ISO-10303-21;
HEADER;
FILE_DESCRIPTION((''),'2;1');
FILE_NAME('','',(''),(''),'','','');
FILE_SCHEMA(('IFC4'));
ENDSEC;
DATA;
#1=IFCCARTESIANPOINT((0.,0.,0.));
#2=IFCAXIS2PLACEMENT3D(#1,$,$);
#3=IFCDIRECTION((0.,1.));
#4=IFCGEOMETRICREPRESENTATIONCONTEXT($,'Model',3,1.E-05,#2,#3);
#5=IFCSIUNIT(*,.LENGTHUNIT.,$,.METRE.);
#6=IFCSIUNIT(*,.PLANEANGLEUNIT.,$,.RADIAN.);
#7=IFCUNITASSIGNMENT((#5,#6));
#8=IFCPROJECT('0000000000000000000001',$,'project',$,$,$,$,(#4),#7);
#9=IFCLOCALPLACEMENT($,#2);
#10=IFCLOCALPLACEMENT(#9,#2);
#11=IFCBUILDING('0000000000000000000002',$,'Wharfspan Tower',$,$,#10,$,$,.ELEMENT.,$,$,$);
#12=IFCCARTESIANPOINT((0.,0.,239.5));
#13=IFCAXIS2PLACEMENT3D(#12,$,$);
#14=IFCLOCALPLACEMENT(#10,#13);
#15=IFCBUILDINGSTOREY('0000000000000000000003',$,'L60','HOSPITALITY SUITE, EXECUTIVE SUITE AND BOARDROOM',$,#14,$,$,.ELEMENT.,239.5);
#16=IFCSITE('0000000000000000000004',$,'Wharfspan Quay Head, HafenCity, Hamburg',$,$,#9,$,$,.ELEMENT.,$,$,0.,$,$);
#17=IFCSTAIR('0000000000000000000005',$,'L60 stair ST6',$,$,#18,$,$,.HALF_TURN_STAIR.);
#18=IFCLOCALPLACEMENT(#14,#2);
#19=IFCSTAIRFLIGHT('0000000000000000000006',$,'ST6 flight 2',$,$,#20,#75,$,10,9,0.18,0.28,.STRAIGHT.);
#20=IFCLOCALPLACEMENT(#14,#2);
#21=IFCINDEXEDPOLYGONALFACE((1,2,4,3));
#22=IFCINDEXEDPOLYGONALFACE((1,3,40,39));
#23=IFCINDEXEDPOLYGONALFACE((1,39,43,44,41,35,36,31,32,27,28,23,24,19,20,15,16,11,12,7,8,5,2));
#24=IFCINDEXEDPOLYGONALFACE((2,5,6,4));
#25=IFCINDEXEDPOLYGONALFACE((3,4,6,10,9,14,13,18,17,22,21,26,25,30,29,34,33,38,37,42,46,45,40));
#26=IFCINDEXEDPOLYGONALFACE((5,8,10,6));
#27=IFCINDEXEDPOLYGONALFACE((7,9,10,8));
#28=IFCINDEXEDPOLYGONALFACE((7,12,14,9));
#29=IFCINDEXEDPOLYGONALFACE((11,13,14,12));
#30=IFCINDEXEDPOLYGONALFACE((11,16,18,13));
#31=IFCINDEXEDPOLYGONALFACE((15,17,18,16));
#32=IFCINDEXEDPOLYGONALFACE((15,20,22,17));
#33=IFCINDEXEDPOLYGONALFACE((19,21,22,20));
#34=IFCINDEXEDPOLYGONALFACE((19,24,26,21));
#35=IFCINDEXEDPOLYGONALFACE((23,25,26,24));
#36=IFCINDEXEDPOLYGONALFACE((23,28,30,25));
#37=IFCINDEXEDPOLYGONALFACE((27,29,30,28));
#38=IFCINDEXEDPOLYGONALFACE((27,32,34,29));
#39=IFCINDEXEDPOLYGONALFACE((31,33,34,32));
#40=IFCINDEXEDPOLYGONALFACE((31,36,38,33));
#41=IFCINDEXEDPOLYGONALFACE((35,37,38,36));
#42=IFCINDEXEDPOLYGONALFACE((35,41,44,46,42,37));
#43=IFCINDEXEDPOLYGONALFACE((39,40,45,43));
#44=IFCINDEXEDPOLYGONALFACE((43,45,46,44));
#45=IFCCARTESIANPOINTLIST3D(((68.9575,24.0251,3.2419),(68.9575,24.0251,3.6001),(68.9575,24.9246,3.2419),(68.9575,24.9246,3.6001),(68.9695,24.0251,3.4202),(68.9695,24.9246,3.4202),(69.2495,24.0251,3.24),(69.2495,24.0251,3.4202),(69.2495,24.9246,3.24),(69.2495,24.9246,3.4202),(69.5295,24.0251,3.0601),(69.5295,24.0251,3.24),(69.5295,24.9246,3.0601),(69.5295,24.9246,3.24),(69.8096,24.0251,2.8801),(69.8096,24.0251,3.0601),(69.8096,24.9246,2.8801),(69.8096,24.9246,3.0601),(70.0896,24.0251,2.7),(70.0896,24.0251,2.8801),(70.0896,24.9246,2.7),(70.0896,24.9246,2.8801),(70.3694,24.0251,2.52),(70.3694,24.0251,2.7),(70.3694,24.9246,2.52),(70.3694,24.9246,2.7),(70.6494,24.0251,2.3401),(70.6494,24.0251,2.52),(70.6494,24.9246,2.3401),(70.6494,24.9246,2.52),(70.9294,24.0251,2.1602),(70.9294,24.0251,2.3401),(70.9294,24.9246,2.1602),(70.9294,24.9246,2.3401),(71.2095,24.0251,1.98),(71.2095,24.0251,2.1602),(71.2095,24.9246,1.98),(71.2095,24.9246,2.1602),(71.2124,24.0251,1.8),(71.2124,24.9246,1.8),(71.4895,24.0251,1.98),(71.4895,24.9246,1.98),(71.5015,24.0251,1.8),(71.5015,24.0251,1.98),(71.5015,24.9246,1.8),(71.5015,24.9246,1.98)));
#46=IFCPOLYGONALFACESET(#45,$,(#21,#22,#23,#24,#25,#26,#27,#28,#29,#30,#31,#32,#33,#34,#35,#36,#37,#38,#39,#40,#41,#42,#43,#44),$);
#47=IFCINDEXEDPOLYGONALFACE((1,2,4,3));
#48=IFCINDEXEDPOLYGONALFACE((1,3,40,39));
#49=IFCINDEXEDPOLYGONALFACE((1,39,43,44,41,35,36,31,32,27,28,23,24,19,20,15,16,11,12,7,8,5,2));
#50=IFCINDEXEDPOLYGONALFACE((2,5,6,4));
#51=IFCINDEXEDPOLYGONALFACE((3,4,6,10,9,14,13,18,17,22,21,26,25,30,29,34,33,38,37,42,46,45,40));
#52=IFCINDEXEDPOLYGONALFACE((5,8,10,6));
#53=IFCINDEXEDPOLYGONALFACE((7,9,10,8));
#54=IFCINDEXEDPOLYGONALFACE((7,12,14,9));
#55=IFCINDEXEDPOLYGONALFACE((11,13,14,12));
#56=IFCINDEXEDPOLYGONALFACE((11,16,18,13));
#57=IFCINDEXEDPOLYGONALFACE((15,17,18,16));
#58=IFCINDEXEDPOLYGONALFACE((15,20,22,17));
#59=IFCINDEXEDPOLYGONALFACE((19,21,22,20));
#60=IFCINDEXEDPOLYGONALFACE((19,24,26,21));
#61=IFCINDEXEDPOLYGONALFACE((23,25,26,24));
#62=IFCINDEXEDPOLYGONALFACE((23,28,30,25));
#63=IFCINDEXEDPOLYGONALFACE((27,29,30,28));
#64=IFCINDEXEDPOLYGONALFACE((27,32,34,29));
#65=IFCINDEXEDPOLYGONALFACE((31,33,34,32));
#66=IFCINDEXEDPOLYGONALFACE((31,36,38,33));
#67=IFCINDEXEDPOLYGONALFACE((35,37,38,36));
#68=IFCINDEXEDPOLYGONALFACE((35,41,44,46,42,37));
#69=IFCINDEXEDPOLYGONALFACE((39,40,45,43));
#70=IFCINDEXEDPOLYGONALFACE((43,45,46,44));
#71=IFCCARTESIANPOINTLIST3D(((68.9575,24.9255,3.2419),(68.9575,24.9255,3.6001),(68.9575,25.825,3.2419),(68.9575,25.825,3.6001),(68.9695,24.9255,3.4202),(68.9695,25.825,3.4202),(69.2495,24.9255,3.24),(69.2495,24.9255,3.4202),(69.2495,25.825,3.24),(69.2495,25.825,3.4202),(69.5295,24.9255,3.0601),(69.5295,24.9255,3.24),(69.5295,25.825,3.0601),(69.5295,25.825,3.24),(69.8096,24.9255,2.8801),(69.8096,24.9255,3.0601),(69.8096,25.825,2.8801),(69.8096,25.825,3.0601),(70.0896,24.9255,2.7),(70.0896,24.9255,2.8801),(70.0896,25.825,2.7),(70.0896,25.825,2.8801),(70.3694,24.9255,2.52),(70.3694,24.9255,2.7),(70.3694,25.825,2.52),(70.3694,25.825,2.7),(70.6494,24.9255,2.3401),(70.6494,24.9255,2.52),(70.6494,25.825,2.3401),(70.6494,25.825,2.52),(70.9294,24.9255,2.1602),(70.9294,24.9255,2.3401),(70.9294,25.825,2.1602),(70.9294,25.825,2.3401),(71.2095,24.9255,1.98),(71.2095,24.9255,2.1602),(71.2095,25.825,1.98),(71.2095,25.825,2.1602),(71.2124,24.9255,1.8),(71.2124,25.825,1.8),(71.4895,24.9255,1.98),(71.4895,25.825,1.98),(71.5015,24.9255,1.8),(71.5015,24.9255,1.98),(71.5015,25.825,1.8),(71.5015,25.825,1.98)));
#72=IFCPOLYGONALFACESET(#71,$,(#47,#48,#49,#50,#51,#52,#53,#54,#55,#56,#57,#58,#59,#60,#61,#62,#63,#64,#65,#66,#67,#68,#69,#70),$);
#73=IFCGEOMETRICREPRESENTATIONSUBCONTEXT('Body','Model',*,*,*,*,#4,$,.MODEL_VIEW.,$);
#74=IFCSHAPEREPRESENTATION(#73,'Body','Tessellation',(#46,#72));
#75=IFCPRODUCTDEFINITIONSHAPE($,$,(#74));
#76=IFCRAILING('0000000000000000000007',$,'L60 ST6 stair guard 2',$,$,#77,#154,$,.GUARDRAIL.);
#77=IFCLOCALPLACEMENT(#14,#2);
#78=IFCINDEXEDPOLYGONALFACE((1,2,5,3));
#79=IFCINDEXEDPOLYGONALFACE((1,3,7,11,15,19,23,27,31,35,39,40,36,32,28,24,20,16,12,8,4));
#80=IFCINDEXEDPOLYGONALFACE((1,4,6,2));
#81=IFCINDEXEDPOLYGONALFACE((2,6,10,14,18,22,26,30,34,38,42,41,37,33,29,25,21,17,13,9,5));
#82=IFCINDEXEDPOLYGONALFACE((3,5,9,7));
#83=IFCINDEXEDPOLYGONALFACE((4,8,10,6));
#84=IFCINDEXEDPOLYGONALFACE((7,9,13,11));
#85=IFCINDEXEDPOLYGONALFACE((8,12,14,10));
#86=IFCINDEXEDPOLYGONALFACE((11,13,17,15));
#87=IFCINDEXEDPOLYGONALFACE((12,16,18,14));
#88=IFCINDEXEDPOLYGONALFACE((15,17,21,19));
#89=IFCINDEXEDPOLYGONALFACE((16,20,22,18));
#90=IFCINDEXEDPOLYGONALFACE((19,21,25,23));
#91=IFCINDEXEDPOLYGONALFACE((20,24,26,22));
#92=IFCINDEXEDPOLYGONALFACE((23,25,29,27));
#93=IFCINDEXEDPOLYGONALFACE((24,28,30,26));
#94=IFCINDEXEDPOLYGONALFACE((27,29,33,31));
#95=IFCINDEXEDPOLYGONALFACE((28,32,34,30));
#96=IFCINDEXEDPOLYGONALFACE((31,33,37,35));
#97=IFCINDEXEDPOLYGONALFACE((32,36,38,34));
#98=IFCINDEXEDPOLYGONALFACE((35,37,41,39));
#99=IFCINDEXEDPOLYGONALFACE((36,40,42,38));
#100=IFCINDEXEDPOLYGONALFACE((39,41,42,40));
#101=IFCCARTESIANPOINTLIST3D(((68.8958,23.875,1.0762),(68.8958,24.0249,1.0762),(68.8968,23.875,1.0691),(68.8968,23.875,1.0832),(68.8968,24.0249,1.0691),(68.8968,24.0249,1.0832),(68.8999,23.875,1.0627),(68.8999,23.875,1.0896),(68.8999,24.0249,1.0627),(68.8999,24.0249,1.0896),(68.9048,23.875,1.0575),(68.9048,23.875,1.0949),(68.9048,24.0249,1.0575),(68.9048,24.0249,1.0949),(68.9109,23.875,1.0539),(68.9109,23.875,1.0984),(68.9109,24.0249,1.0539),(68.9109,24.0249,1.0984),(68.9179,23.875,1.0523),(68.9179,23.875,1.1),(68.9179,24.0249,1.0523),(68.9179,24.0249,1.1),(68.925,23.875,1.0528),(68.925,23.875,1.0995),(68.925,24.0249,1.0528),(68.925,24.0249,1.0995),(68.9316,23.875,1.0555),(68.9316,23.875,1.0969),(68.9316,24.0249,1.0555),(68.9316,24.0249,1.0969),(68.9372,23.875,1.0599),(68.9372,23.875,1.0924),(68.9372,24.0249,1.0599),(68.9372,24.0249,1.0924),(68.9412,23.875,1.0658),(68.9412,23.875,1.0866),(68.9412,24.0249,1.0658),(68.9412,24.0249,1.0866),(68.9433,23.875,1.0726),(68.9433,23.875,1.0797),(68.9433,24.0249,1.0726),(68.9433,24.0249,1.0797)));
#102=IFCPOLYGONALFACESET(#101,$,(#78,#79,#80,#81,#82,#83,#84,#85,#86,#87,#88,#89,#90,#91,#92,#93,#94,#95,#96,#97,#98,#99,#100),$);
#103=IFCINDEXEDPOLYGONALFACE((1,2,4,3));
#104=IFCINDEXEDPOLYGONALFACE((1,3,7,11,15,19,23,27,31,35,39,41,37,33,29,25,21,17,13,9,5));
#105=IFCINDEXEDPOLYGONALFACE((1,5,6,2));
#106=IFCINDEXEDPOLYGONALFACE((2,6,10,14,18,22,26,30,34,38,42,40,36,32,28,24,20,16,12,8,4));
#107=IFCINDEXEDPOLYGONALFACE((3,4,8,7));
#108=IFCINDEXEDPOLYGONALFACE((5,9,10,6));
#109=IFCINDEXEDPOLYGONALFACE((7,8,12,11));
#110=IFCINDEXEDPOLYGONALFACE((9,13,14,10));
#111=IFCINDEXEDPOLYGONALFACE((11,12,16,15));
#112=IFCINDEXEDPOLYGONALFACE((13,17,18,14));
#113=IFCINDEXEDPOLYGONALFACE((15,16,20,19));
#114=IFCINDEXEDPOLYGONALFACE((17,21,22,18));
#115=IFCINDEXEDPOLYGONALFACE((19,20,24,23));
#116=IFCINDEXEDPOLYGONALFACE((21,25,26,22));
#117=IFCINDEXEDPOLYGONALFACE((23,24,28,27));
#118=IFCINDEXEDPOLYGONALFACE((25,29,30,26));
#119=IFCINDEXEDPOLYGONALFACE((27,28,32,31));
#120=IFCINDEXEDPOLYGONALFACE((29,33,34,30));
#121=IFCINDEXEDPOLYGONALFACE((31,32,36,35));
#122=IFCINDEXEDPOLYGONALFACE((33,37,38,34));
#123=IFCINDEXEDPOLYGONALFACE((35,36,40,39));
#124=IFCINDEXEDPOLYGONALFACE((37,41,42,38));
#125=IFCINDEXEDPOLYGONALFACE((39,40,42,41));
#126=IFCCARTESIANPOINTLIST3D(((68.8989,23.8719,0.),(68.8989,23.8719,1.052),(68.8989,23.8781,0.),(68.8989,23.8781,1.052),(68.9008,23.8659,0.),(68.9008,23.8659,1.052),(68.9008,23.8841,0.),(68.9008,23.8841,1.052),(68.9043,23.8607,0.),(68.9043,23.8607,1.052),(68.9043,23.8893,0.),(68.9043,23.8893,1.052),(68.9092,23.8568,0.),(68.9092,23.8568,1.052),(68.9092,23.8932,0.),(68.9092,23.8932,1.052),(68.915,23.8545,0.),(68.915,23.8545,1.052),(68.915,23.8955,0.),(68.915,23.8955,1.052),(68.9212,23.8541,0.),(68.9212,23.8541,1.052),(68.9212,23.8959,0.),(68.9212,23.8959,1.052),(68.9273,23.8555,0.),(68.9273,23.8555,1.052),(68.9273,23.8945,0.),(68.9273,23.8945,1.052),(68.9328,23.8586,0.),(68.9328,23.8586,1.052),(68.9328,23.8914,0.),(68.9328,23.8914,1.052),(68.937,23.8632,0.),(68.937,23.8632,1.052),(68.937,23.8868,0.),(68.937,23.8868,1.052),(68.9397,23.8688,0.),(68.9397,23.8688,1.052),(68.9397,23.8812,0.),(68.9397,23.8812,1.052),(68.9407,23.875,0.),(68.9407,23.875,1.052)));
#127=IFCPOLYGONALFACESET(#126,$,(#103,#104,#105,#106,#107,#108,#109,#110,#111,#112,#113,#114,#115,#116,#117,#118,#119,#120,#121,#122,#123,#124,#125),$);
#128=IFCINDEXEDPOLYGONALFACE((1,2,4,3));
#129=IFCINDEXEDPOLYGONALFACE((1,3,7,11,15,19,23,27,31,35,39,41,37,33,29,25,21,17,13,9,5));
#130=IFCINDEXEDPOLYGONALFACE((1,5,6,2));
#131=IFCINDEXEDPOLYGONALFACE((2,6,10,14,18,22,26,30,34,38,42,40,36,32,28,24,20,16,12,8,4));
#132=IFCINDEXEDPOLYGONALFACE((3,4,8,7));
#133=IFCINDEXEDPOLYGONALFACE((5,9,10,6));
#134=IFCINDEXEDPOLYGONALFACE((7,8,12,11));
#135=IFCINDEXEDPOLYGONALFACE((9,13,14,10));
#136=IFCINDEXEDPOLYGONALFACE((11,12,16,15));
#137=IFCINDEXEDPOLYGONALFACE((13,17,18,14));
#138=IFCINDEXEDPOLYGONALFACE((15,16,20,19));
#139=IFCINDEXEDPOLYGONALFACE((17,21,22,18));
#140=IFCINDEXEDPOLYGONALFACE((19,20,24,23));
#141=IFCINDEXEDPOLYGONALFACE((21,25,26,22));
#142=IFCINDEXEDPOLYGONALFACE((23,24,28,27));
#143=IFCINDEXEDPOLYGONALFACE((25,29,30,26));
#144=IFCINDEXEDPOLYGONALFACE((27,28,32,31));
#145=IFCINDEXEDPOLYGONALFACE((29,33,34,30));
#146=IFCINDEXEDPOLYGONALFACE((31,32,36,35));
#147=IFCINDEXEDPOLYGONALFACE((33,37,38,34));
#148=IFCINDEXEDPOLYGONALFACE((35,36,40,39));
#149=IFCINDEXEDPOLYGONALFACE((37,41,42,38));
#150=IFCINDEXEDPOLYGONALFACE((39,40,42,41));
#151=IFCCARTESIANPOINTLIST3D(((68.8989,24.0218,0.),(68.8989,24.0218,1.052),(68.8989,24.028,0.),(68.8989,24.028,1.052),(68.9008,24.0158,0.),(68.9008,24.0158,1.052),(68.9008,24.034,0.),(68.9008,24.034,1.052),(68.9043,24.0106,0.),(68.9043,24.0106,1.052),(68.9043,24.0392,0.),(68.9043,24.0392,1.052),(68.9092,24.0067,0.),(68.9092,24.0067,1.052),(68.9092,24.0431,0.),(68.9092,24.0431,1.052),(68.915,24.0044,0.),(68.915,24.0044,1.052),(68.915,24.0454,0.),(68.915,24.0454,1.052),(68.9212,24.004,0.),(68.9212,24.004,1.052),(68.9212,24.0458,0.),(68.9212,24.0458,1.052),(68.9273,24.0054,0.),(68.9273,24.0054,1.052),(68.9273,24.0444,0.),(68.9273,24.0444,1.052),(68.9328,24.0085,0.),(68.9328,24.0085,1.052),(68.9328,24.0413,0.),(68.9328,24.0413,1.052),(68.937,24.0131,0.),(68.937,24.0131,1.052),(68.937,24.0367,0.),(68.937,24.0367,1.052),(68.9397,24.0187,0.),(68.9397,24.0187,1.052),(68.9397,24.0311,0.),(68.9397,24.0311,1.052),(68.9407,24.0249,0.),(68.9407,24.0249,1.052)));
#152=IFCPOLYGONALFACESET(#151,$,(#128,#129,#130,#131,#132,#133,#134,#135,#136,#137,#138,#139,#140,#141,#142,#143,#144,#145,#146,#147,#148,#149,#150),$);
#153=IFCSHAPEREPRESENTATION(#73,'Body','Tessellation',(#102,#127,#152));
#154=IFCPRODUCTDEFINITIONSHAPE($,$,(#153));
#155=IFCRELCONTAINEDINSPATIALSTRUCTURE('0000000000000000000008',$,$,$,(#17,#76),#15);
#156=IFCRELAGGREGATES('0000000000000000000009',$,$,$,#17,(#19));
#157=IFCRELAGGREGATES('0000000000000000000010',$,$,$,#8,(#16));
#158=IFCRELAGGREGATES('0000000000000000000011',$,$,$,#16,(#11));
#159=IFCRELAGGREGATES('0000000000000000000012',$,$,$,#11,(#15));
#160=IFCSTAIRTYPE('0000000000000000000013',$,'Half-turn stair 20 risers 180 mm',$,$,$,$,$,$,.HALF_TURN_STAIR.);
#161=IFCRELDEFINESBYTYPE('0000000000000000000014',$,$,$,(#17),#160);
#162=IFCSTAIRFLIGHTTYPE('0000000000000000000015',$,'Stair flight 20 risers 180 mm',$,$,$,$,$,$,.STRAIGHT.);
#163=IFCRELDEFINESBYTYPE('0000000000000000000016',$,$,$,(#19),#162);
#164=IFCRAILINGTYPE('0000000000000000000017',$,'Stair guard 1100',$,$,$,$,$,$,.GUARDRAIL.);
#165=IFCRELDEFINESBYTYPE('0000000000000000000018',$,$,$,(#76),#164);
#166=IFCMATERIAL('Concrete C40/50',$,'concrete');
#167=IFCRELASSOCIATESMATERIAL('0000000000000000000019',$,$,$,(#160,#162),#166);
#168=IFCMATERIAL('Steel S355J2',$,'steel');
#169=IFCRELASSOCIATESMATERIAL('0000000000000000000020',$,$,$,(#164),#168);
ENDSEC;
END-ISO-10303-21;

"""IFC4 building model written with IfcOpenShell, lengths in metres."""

from ifc_helpers import new_model, si_unit, direction, frame, origin, origin_2d, place, context, subcontext, project, spatial, polyline, circle, outline, extrude, material, type_object, element, aggregate, save


model = new_model("IFC4")

# Units and contexts
model_context = context("Model", 3, precision=1e-05, world=origin(), true_north=direction((0.0, 1.0)))
body_context = subcontext(model_context, "Body", "Model", "MODEL_VIEW")
ifc_project = project(units=[si_unit("LENGTHUNIT", "METRE"), si_unit("PLANEANGLEUNIT", "RADIAN")], contexts=[model_context])

# Site, building, storey
site_placement = place(None, origin())
site = spatial("IfcSite", under=ifc_project, at=site_placement, Name="Wharfspan Quay Head, HafenCity, Hamburg", CompositionType="ELEMENT", RefElevation=0.0)
building_placement = place(site_placement, origin())
building = spatial("IfcBuilding", under=site, at=building_placement, Name="Wharfspan Tower", CompositionType="ELEMENT")
storey_placement = place(building_placement, frame((0.0, 0.0, 239.5)))
storey = spatial("IfcBuildingStorey", under=building, at=storey_placement, Name="L60", Description="HOSPITALITY SUITE, EXECUTIVE SUITE AND BOARDROOM", CompositionType="ELEMENT", Elevation=239.5)

# Shared definitions
ifc_material_1 = material(Name="Steel S355J2", Category="steel")

# Shared definitions
ifc_material_2 = material(Name="Concrete C40/50", Category="concrete")

# Stair, stair flight
stair_type = type_object("IfcStairType", Name="Half-turn stair 20 risers 180 mm", PredefinedType="HALF_TURN_STAIR", material=ifc_material_2)
stair_placement = place(storey_placement, origin())
stair = element("IfcStair", 1, at=stair_placement, inside=storey, type_object=stair_type, Name="L60 stair ST6", PredefinedType="HALF_TURN_STAIR")
stair_flight_type = type_object("IfcStairFlightType", Name="Stair flight 20 risers 180 mm", PredefinedType="STRAIGHT", material=ifc_material_2)
stair_flight_1_placement = place(storey_placement, frame((71.4895, 24.925, 1.8), z_axis=(0.0, 0.0, 1.0), x_axis=(-1.0, 0.0, 0.0)))
stair_flight_1 = element("IfcStairFlight", 2, at=stair_flight_1_placement, type_object=stair_flight_type, Name="ST6 flight 2", NumberOfRisers=10, NumberOfTreads=9, PredefinedType="STRAIGHT", RiserHeight=0.18, TreadLength=0.28, context=body_context, shape_type="SweptSolid", body=[
    extrude(outline(polyline([(-0.012, 0.0), (-0.012, 0.1799), (0.0, 0.1799), (0.28, 0.1799), (0.28, 0.3601), (0.5601, 0.3601), (0.5601, 0.54), (0.8401, 0.54), (0.8401, 0.72), (1.1201, 0.72), (1.1201, 0.8999), (1.3999, 0.8999), (1.3999, 1.0801), (1.6799, 1.0801), (1.6799, 1.26), (1.96, 1.26), (1.96, 1.4399), (2.24, 1.4399), (2.24, 1.6201), (2.52, 1.6201), (2.532, 1.8), (2.532, 1.4419), (0.2771, 0.0), (-0.012, 0.0)])), frame((0.0, 0.8999, 0.0), z_axis=(0.0, -1.0, 0.0), x_axis=(1.0, 0.0, 0.0)), (0.0, 0.0, 1.0), 0.8994),
    extrude(outline(polyline([(-0.012, 0.0), (-0.012, 0.1799), (0.0, 0.1799), (0.28, 0.1799), (0.28, 0.3601), (0.5601, 0.3601), (0.5601, 0.54), (0.8401, 0.54), (0.8401, 0.72), (1.1201, 0.72), (1.1201, 0.8999), (1.3999, 0.8999), (1.3999, 1.0801), (1.6799, 1.0801), (1.6799, 1.26), (1.96, 1.26), (1.96, 1.4399), (2.24, 1.4399), (2.24, 1.6201), (2.52, 1.6201), (2.532, 1.8), (2.532, 1.4419), (0.2771, 0.0), (-0.012, 0.0)])), frame((0.0, -0.0005, 0.0), z_axis=(0.0, -1.0, 0.0), x_axis=(1.0, 0.0, 0.0)), (0.0, 0.0, 1.0), 0.8994),
])
aggregate(stair, [stair_flight_1])

# Railing
railing_type_1 = type_object("IfcRailingType", Name="Stair guard 1100", PredefinedType="GUARDRAIL", material=ifc_material_1)
railing_1_placement = place(storey_placement, frame((68.9197, 23.875, 0.0)))
element("IfcRailing", 3, at=railing_1_placement, inside=storey, type_object=railing_type_1, Name="L60 ST6 stair guard 2", PredefinedType="GUARDRAIL", context=body_context, shape_type="SweptSolid", body=[
    extrude(circle(Radius=0.0239, at=origin_2d()), frame((0.0, 0.0, 1.0762), z_axis=(0.0, 1.0, 0.0), x_axis=(-1.0, 0.0, 0.0)), (0.0, 0.0, 1.0), 0.1499),
    extrude(circle(Radius=0.021, at=origin_2d()), origin(), (0.0, 0.0, 1.0), 1.052),
    extrude(circle(Radius=0.021, at=origin_2d()), frame((0.0, 0.1499, 0.0)), (0.0, 0.0, 1.0), 1.052),
])

save(model, "model.ifc")
